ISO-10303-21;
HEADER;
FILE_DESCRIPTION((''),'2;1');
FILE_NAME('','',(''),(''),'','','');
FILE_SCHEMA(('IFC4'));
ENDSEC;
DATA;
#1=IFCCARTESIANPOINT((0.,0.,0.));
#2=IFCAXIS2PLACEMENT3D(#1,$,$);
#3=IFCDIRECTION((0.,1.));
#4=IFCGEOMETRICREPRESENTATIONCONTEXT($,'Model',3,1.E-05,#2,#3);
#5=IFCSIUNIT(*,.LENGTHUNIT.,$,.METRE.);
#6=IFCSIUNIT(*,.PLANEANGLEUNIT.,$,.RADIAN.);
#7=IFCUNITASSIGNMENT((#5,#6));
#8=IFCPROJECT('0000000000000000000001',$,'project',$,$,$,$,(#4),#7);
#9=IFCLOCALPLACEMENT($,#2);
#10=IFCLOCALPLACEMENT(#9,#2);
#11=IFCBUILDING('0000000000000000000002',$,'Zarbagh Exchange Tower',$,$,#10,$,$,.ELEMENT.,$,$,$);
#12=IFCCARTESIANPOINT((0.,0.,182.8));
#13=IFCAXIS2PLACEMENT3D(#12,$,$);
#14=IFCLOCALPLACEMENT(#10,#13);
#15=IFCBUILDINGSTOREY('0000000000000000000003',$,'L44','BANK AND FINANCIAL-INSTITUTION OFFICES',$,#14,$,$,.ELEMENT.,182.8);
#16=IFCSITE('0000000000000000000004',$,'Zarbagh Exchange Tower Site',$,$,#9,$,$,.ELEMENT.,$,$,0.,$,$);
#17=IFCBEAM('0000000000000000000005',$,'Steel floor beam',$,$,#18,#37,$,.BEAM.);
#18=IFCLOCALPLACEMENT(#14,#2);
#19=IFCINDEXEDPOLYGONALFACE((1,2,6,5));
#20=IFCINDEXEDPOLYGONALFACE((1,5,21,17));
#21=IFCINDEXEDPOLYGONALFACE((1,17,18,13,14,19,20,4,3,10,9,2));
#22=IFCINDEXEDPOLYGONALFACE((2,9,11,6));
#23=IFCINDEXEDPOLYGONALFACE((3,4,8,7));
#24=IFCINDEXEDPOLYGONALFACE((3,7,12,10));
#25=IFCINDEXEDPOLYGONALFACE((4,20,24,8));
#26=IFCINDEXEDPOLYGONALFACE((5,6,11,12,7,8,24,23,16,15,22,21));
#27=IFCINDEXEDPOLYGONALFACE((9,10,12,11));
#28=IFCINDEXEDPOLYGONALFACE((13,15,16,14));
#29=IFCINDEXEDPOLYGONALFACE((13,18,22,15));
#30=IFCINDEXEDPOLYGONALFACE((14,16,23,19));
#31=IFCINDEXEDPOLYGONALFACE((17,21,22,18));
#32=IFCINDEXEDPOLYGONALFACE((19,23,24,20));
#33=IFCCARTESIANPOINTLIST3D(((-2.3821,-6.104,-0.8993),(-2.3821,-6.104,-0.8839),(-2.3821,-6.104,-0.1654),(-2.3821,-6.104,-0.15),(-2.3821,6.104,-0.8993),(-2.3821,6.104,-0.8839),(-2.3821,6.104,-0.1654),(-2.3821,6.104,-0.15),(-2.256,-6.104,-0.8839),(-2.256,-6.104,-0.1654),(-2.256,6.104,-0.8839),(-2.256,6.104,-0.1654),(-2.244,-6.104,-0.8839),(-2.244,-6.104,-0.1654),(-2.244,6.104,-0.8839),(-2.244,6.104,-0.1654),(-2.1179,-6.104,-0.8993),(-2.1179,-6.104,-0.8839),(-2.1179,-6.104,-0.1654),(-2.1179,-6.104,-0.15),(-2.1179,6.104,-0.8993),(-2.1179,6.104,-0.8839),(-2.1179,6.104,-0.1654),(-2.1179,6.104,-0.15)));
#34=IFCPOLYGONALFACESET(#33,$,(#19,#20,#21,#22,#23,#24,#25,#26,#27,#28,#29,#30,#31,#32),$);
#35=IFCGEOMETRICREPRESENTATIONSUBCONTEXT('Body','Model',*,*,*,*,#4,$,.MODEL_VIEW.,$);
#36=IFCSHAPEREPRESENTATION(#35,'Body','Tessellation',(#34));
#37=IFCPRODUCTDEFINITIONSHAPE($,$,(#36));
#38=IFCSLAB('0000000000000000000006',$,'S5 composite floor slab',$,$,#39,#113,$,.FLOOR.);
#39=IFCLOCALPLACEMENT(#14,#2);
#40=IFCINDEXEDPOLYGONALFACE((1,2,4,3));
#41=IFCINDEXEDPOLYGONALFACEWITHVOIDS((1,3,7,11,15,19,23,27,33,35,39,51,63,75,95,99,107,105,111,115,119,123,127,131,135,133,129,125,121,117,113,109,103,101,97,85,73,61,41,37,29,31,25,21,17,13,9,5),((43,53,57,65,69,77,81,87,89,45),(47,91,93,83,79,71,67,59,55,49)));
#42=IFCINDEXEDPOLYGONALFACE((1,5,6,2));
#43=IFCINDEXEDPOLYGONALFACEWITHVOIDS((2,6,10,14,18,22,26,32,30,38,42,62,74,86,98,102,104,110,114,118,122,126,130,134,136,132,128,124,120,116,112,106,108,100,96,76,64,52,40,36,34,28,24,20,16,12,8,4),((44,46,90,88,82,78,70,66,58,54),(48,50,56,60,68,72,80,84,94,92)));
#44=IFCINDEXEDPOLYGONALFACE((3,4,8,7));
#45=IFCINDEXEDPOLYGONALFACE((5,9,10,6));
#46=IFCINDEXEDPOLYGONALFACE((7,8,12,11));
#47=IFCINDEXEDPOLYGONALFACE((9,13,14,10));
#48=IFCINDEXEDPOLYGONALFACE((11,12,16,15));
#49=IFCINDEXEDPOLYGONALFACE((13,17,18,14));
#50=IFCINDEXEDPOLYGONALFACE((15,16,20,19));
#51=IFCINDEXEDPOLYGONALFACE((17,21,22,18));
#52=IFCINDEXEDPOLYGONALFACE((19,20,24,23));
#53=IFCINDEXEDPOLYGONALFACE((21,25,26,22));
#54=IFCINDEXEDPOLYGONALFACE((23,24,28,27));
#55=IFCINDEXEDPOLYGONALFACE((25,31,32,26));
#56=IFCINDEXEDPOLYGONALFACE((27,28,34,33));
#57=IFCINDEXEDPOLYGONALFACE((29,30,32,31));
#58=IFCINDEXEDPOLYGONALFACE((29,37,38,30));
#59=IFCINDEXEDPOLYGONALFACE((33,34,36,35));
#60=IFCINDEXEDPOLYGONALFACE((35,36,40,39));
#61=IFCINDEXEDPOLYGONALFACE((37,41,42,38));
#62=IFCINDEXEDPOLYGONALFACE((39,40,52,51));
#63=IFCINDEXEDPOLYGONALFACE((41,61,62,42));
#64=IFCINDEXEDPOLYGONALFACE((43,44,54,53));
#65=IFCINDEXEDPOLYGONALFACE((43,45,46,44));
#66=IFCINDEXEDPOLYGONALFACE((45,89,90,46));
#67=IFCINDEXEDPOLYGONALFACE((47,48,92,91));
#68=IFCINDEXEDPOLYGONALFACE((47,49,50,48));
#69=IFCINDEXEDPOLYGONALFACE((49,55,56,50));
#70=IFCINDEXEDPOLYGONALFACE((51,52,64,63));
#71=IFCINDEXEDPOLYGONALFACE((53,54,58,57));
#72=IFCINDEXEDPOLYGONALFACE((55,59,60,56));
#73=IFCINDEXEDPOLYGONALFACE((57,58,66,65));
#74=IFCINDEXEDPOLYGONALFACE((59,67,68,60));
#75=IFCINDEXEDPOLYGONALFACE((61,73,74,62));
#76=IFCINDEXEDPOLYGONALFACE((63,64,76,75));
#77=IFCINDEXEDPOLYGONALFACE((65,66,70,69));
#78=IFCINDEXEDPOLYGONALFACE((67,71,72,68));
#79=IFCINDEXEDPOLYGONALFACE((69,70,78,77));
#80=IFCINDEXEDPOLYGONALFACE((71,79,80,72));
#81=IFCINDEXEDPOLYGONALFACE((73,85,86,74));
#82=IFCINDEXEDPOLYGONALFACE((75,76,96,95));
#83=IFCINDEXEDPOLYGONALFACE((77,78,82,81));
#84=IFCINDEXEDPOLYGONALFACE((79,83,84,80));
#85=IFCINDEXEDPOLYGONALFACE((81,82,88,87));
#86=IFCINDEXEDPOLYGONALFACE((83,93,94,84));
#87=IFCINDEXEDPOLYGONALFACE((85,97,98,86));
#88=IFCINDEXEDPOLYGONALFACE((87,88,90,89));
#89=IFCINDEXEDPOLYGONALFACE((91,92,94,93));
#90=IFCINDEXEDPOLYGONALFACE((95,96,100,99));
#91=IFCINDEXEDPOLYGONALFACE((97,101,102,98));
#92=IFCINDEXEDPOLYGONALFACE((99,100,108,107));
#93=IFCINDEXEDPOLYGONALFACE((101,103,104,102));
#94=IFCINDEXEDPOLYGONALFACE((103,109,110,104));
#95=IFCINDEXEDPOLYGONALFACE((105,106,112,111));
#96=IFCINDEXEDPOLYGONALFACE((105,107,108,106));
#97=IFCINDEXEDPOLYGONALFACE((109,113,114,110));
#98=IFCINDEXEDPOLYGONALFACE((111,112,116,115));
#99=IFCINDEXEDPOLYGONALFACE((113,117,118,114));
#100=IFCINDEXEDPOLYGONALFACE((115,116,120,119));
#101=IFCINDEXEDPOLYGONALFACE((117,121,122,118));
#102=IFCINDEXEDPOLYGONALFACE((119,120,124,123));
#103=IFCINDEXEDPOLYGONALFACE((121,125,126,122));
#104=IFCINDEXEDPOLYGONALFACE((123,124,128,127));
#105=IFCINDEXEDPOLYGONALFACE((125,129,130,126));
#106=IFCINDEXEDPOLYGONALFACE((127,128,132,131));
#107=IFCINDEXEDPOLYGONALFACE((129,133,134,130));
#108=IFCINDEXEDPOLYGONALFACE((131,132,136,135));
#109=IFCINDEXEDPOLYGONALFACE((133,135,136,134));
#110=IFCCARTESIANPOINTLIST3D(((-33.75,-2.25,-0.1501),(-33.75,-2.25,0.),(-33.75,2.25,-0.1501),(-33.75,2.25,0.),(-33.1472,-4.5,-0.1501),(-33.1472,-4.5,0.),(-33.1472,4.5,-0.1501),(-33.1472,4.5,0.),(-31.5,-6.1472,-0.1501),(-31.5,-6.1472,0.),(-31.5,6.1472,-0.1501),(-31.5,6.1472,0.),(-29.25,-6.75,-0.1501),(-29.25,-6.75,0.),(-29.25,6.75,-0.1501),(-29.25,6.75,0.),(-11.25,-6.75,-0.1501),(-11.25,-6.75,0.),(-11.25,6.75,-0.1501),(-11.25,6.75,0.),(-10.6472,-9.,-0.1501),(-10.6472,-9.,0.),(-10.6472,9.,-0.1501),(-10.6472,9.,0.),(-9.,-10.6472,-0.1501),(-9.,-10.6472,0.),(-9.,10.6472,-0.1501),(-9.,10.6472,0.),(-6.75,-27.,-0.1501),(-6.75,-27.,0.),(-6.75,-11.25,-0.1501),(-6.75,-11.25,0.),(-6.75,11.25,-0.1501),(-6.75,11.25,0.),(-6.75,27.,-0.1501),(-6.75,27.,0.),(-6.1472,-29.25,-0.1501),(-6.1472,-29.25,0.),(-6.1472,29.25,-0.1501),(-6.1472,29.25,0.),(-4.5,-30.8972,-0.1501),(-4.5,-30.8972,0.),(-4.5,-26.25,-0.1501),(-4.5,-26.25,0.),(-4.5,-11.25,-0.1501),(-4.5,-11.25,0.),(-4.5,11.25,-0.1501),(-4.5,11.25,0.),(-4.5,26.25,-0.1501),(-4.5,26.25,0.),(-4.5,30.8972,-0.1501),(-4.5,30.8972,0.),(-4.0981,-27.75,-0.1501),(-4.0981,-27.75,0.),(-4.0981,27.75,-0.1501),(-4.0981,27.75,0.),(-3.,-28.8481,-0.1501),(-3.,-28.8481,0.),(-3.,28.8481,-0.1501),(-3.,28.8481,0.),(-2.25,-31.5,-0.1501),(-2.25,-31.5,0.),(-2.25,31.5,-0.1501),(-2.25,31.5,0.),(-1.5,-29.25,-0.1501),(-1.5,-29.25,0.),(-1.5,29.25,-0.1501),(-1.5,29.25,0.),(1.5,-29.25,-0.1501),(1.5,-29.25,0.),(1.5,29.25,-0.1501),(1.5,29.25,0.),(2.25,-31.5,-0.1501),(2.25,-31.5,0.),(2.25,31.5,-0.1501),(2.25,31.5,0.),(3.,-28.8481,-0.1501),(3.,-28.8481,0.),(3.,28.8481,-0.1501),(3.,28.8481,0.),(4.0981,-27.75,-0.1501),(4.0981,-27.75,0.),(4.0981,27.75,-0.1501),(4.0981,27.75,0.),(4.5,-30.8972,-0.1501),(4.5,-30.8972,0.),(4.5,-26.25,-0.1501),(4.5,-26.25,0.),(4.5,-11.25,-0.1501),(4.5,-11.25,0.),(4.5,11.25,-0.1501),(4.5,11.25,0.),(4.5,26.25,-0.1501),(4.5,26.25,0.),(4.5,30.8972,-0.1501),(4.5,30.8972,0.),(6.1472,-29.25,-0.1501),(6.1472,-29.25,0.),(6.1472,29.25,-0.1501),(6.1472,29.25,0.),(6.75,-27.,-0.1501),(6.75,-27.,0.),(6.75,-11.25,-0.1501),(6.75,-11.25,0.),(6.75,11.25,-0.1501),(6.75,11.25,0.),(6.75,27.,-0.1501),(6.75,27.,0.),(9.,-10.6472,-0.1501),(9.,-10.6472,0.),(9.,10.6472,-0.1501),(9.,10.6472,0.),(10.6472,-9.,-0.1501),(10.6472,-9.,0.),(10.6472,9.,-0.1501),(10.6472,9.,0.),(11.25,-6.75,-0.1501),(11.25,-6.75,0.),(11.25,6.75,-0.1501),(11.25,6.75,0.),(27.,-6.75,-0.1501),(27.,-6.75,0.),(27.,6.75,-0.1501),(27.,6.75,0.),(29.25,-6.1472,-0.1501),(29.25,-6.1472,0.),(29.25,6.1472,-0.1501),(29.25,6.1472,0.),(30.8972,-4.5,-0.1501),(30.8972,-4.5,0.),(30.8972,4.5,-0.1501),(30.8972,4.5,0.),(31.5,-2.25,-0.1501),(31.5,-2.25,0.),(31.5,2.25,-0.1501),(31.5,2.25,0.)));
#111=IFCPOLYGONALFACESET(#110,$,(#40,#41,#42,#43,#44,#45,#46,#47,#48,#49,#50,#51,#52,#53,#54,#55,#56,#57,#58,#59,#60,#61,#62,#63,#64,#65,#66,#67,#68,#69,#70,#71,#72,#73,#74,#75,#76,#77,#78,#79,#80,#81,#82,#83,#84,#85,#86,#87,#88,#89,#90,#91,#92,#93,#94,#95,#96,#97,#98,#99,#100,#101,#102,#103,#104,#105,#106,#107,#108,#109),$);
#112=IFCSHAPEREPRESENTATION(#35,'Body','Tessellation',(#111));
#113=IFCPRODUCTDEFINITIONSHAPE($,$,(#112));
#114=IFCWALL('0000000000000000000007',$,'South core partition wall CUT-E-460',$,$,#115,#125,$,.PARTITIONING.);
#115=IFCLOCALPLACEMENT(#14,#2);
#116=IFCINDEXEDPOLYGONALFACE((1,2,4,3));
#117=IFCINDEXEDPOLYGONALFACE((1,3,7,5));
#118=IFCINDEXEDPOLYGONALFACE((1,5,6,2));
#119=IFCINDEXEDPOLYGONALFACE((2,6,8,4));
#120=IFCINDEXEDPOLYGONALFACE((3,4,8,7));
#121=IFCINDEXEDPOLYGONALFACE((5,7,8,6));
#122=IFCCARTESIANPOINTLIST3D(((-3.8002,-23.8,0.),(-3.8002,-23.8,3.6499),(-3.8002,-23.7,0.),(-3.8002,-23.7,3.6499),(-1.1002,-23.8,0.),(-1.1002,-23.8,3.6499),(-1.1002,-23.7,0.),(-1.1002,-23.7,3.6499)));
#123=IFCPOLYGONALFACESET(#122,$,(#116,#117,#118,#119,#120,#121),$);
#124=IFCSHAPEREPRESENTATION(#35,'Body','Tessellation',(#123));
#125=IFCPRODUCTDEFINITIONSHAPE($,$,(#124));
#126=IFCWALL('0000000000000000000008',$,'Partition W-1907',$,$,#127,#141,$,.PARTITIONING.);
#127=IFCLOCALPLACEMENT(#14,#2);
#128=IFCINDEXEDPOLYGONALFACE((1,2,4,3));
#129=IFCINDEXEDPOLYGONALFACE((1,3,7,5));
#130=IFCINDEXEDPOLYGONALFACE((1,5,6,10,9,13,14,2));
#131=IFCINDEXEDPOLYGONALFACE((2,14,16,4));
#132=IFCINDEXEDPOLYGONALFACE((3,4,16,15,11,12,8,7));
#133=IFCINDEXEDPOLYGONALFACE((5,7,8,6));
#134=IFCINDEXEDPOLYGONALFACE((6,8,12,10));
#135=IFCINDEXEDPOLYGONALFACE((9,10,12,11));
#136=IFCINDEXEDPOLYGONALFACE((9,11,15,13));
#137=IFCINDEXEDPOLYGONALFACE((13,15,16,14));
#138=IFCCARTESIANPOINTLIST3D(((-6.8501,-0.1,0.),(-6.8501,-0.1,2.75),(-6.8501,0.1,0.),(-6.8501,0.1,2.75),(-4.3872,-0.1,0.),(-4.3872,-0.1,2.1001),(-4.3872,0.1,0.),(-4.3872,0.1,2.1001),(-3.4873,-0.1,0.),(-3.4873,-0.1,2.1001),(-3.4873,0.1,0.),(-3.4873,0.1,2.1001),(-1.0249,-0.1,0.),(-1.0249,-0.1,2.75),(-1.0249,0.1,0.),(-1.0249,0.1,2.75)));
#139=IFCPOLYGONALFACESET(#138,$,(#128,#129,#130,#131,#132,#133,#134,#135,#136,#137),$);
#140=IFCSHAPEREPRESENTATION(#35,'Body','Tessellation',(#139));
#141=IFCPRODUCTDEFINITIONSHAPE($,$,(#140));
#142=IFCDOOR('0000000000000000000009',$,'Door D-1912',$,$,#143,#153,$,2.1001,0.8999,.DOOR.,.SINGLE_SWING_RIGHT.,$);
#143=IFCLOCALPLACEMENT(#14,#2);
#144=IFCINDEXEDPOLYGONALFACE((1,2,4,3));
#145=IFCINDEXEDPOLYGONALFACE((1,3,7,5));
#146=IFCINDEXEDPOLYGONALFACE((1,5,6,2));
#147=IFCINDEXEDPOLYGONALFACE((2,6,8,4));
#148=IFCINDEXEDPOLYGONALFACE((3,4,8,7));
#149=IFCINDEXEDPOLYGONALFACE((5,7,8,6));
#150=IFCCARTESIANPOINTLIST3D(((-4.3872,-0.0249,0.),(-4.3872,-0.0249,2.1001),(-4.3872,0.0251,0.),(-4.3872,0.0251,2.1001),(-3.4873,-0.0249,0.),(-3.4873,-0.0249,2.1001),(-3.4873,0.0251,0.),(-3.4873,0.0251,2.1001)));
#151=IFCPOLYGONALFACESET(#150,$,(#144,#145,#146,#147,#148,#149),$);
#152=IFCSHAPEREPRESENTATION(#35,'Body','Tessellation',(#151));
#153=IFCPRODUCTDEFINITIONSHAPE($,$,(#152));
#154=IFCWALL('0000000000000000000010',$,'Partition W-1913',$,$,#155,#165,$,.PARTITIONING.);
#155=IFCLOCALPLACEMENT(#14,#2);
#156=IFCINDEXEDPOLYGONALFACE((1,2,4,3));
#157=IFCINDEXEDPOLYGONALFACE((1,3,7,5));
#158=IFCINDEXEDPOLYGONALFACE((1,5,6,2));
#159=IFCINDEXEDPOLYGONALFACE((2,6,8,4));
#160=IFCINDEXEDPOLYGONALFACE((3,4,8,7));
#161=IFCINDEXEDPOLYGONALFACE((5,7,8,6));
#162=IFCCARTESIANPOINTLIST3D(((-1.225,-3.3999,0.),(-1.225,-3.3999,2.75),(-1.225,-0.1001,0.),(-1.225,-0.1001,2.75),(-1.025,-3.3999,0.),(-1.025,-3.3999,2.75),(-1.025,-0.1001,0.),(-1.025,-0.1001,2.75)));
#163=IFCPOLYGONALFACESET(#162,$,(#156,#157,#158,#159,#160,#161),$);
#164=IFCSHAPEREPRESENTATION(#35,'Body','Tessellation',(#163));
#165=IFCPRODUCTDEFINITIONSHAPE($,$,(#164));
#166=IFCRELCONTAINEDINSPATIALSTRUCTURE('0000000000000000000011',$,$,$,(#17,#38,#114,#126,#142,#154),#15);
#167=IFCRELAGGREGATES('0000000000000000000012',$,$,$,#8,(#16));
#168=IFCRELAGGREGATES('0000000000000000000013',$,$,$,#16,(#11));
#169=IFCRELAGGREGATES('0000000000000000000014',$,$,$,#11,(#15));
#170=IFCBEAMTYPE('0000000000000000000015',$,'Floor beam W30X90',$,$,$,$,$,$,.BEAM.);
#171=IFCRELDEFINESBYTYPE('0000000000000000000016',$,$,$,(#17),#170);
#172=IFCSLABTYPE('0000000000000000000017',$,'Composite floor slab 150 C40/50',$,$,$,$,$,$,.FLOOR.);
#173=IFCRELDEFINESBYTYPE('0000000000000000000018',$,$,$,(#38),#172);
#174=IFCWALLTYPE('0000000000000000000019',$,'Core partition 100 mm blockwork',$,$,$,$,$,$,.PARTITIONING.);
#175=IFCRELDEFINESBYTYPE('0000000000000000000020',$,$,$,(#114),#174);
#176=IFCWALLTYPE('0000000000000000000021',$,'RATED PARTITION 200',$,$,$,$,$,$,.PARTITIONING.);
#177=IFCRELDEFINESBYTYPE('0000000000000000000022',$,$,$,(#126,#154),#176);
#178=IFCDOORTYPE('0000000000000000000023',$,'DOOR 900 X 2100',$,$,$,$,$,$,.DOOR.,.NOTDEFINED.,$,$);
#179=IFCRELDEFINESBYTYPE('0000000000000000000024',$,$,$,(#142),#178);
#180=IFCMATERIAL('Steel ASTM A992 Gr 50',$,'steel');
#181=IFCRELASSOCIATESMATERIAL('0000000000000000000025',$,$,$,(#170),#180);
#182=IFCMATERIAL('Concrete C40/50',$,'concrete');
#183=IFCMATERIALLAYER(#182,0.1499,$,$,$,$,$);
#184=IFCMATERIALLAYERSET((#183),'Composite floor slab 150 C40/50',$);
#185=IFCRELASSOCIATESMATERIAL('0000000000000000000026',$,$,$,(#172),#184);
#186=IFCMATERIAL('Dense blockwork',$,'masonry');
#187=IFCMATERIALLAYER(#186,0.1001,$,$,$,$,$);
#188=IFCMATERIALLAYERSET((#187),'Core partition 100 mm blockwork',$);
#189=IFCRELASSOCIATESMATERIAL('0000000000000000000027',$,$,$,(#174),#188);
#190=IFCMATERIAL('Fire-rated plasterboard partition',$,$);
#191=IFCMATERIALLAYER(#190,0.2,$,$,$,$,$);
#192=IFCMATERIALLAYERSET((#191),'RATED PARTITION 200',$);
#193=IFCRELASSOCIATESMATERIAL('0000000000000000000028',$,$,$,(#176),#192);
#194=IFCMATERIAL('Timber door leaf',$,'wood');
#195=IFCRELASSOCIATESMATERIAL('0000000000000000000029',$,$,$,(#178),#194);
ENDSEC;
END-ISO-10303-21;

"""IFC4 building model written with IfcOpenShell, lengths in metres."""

from ifc_helpers import new_model, si_unit, direction, frame, frame_2d, origin, origin_2d, place, context, subcontext, project, spatial, polyline, rectangle, i_section, outline, extrude, material, layer, layer_set, material_profile, profile_set, type_object, element, fill, save


model = new_model("IFC4")

# Units and contexts
model_context = context("Model", 3, precision=1e-05, world=origin(), true_north=direction((0.0, 1.0)))
body_context = subcontext(model_context, "Body", "Model", "MODEL_VIEW")
ifc_project = project(units=[si_unit("LENGTHUNIT", "METRE"), si_unit("PLANEANGLEUNIT", "RADIAN")], contexts=[model_context])

# Site, building, storey
site_placement = place(None, origin())
site = spatial("IfcSite", under=ifc_project, at=site_placement, Name="Zarbagh Exchange Tower Site", CompositionType="ELEMENT", RefElevation=0.0)
building_placement = place(site_placement, origin())
building = spatial("IfcBuilding", under=site, at=building_placement, Name="Zarbagh Exchange Tower", CompositionType="ELEMENT")
storey_placement = place(building_placement, frame((0.0, 0.0, 182.8)))
storey = spatial("IfcBuildingStorey", under=building, at=storey_placement, Name="L44", Description="BANK AND FINANCIAL-INSTITUTION OFFICES", CompositionType="ELEMENT", Elevation=182.8)

# Beam
ifc_material_1 = material(Name="Steel ASTM A992 Gr 50", Category="steel")
ifc_material_profile = material_profile(ifc_material_1, i_section(OverallWidth=0.2642, OverallDepth=0.7493, WebThickness=0.012, FlangeThickness=0.0154, at=origin_2d()), Name="W30X90")
ifc_profile_set = profile_set([ifc_material_profile], Name="Steel ASTM A992 Gr 50")
beam_type = type_object("IfcBeamType", Name="Floor beam W30X90", PredefinedType="BEAM", material=ifc_profile_set)
beam_placement = place(storey_placement, frame((-2.25, -6.104, -0.5247), z_axis=(0.0, 1.0, 0.0), x_axis=(-1.0, 0.0, 0.0)))
element("IfcBeam", 1, at=beam_placement, inside=storey, type_object=beam_type, Name="Steel floor beam", PredefinedType="BEAM", context=body_context, shape_type="SweptSolid", body=[
    extrude(i_section(OverallWidth=0.2642, OverallDepth=0.7493, WebThickness=0.012, FlangeThickness=0.0154, at=origin_2d()), origin(), (0.0, 0.0, 1.0), 12.208),
])

# Slab
ifc_material_2 = material(Name="Concrete C40/50", Category="concrete")
ifc_layer_1 = layer(ifc_material_2, 0.1499)
ifc_layer_set_1 = layer_set([ifc_layer_1], Name="Composite floor slab 150 C40/50")
slab_type = type_object("IfcSlabType", Name="Composite floor slab 150 C40/50", PredefinedType="FLOOR", material=ifc_layer_set_1)
slab_placement = place(storey_placement, frame((0.0, 0.0, -0.1501)))
element("IfcSlab", 2, at=slab_placement, inside=storey, type_object=slab_type, Name="S5 composite floor slab", PredefinedType="FLOOR", context=body_context, shape_type="SweptSolid", body=[
    extrude(outline(polyline([(-2.25, -31.5), (-4.5, -30.8972), (-6.1472, -29.25), (-6.75, -27.0), (-6.75, -11.25), (-9.0, -10.6472), (-10.6472, -9.0), (-11.25, -6.75), (-29.25, -6.75), (-31.5, -6.1472), (-33.1472, -4.5), (-33.75, -2.25), (-33.75, 2.25), (-33.1472, 4.5), (-31.5, 6.1472), (-29.25, 6.75), (-11.25, 6.75), (-10.6472, 9.0), (-9.0, 10.6472), (-6.75, 11.25), (-6.75, 27.0), (-6.1472, 29.25), (-4.5, 30.8972), (-2.25, 31.5), (2.25, 31.5), (4.5, 30.8972), (6.1472, 29.25), (6.75, 27.0), (6.75, 11.25), (9.0, 10.6472), (10.6472, 9.0), (11.25, 6.75), (27.0, 6.75), (29.25, 6.1472), (30.8972, 4.5), (31.5, 2.25), (31.5, -2.25), (30.8972, -4.5), (29.25, -6.1472), (27.0, -6.75), (11.25, -6.75), (10.6472, -9.0), (9.0, -10.6472), (6.75, -11.25), (6.75, -27.0), (6.1472, -29.25), (4.5, -30.8972), (2.25, -31.5), (-2.25, -31.5)]), holes=[polyline([(4.5, 11.25), (4.5, 26.25), (4.0981, 27.75), (3.0, 28.8481), (1.5, 29.25), (-1.5, 29.25), (-3.0, 28.8481), (-4.0981, 27.75), (-4.5, 26.25), (-4.5, 11.25), (4.5, 11.25)]), polyline([(-1.5, -29.25), (1.5, -29.25), (3.0, -28.8481), (4.0981, -27.75), (4.5, -26.25), (4.5, -11.25), (-4.5, -11.25), (-4.5, -26.25), (-4.0981, -27.75), (-3.0, -28.8481), (-1.5, -29.25)])]), origin(), (0.0, 0.0, 1.0), 0.1501),
])

# Wall
ifc_material_3 = material(Name="Dense blockwork", Category="masonry")
ifc_layer_2 = layer(ifc_material_3, 0.1001)
ifc_layer_set_2 = layer_set([ifc_layer_2], Name="Core partition 100 mm blockwork")
wall_type_1 = type_object("IfcWallType", Name="Core partition 100 mm blockwork", PredefinedType="PARTITIONING", material=ifc_layer_set_2)
wall_1_placement = place(storey_placement, frame((-1.1001, -23.75, 0.0), z_axis=(0.0, 0.0, 1.0), x_axis=(-1.0, 0.0, 0.0)))
element("IfcWall", 3, at=wall_1_placement, inside=storey, type_object=wall_type_1, Name="South core partition wall CUT-E-460", PredefinedType="PARTITIONING", context=body_context, shape_type="SweptSolid", body=[
    extrude(rectangle(XDim=2.7, YDim=0.1001, at=frame_2d((1.3501, 0.0))), origin(), (0.0, 0.0, 1.0), 3.6499),
])

# Wall, opening, door
ifc_material_4 = material(Name="Fire-rated plasterboard partition")
ifc_layer_3 = layer(ifc_material_4, 0.2)
ifc_layer_set_3 = layer_set([ifc_layer_3], Name="RATED PARTITION 200")
wall_type_2 = type_object("IfcWallType", Name="RATED PARTITION 200", PredefinedType="PARTITIONING", material=ifc_layer_set_3)
wall_2_placement = place(storey_placement, frame((-1.0249, 0.0, 0.0), z_axis=(0.0, 0.0, 1.0), x_axis=(-1.0, 0.0, 0.0)))
wall_2 = element("IfcWall", 4, at=wall_2_placement, inside=storey, type_object=wall_type_2, Name="Partition W-1907", PredefinedType="PARTITIONING", context=body_context, shape_type="SweptSolid", body=[
    extrude(rectangle(XDim=5.8252, YDim=0.2, at=frame_2d((2.9126, 0.0))), origin(), (0.0, 0.0, 1.0), 2.75),
])
opening_1_placement = place(wall_2_placement, frame((2.4624, 0.0, 0.0)))
opening_1 = element("IfcOpeningElement", 5, at=opening_1_placement, cuts=wall_2, PredefinedType="OPENING", context=body_context, shape_type="SweptSolid", body=[
    extrude(rectangle(XDim=0.8999, YDim=2.1001, at=frame_2d((0.45, 1.05))), frame((0.0, 0.1099, 0.0), z_axis=(0.0, -1.0, 0.0), x_axis=(1.0, 0.0, 0.0)), (0.0, 0.0, 1.0), 0.22),
])
ifc_material_5 = material(Name="Timber door leaf", Category="wood")
door_type_1 = type_object("IfcDoorType", Name="DOOR 900 X 2100", OperationType="NOTDEFINED", PredefinedType="DOOR", material=ifc_material_5)
door_1_placement = place(opening_1_placement, origin())
door_1 = element("IfcDoor", 6, at=door_1_placement, inside=storey, type_object=door_type_1, Name="Door D-1912", OperationType="SINGLE_SWING_RIGHT", OverallHeight=2.1001, OverallWidth=0.8999, PredefinedType="DOOR", context=body_context, shape_type="SweptSolid", body=[
    extrude(rectangle(XDim=0.8999, YDim=2.1001, at=frame_2d((0.45, 1.05))), frame((0.0, 0.0249, 0.0), z_axis=(0.0, -1.0, 0.0), x_axis=(1.0, 0.0, 0.0)), (0.0, 0.0, 1.0), 0.05),
])
fill(opening_1, door_1)

# Wall
wall_3_placement = place(storey_placement, frame((-1.125, -3.3999, 0.0), z_axis=(0.0, 0.0, 1.0), x_axis=(0.0, 1.0, 0.0)))
element("IfcWall", 7, at=wall_3_placement, inside=storey, type_object=wall_type_2, Name="Partition W-1913", PredefinedType="PARTITIONING", context=body_context, shape_type="SweptSolid", body=[
    extrude(rectangle(XDim=3.2998, YDim=0.2, at=frame_2d((1.6499, 0.0))), origin(), (0.0, 0.0, 1.0), 2.75),
])

save(model, "model.ifc")
